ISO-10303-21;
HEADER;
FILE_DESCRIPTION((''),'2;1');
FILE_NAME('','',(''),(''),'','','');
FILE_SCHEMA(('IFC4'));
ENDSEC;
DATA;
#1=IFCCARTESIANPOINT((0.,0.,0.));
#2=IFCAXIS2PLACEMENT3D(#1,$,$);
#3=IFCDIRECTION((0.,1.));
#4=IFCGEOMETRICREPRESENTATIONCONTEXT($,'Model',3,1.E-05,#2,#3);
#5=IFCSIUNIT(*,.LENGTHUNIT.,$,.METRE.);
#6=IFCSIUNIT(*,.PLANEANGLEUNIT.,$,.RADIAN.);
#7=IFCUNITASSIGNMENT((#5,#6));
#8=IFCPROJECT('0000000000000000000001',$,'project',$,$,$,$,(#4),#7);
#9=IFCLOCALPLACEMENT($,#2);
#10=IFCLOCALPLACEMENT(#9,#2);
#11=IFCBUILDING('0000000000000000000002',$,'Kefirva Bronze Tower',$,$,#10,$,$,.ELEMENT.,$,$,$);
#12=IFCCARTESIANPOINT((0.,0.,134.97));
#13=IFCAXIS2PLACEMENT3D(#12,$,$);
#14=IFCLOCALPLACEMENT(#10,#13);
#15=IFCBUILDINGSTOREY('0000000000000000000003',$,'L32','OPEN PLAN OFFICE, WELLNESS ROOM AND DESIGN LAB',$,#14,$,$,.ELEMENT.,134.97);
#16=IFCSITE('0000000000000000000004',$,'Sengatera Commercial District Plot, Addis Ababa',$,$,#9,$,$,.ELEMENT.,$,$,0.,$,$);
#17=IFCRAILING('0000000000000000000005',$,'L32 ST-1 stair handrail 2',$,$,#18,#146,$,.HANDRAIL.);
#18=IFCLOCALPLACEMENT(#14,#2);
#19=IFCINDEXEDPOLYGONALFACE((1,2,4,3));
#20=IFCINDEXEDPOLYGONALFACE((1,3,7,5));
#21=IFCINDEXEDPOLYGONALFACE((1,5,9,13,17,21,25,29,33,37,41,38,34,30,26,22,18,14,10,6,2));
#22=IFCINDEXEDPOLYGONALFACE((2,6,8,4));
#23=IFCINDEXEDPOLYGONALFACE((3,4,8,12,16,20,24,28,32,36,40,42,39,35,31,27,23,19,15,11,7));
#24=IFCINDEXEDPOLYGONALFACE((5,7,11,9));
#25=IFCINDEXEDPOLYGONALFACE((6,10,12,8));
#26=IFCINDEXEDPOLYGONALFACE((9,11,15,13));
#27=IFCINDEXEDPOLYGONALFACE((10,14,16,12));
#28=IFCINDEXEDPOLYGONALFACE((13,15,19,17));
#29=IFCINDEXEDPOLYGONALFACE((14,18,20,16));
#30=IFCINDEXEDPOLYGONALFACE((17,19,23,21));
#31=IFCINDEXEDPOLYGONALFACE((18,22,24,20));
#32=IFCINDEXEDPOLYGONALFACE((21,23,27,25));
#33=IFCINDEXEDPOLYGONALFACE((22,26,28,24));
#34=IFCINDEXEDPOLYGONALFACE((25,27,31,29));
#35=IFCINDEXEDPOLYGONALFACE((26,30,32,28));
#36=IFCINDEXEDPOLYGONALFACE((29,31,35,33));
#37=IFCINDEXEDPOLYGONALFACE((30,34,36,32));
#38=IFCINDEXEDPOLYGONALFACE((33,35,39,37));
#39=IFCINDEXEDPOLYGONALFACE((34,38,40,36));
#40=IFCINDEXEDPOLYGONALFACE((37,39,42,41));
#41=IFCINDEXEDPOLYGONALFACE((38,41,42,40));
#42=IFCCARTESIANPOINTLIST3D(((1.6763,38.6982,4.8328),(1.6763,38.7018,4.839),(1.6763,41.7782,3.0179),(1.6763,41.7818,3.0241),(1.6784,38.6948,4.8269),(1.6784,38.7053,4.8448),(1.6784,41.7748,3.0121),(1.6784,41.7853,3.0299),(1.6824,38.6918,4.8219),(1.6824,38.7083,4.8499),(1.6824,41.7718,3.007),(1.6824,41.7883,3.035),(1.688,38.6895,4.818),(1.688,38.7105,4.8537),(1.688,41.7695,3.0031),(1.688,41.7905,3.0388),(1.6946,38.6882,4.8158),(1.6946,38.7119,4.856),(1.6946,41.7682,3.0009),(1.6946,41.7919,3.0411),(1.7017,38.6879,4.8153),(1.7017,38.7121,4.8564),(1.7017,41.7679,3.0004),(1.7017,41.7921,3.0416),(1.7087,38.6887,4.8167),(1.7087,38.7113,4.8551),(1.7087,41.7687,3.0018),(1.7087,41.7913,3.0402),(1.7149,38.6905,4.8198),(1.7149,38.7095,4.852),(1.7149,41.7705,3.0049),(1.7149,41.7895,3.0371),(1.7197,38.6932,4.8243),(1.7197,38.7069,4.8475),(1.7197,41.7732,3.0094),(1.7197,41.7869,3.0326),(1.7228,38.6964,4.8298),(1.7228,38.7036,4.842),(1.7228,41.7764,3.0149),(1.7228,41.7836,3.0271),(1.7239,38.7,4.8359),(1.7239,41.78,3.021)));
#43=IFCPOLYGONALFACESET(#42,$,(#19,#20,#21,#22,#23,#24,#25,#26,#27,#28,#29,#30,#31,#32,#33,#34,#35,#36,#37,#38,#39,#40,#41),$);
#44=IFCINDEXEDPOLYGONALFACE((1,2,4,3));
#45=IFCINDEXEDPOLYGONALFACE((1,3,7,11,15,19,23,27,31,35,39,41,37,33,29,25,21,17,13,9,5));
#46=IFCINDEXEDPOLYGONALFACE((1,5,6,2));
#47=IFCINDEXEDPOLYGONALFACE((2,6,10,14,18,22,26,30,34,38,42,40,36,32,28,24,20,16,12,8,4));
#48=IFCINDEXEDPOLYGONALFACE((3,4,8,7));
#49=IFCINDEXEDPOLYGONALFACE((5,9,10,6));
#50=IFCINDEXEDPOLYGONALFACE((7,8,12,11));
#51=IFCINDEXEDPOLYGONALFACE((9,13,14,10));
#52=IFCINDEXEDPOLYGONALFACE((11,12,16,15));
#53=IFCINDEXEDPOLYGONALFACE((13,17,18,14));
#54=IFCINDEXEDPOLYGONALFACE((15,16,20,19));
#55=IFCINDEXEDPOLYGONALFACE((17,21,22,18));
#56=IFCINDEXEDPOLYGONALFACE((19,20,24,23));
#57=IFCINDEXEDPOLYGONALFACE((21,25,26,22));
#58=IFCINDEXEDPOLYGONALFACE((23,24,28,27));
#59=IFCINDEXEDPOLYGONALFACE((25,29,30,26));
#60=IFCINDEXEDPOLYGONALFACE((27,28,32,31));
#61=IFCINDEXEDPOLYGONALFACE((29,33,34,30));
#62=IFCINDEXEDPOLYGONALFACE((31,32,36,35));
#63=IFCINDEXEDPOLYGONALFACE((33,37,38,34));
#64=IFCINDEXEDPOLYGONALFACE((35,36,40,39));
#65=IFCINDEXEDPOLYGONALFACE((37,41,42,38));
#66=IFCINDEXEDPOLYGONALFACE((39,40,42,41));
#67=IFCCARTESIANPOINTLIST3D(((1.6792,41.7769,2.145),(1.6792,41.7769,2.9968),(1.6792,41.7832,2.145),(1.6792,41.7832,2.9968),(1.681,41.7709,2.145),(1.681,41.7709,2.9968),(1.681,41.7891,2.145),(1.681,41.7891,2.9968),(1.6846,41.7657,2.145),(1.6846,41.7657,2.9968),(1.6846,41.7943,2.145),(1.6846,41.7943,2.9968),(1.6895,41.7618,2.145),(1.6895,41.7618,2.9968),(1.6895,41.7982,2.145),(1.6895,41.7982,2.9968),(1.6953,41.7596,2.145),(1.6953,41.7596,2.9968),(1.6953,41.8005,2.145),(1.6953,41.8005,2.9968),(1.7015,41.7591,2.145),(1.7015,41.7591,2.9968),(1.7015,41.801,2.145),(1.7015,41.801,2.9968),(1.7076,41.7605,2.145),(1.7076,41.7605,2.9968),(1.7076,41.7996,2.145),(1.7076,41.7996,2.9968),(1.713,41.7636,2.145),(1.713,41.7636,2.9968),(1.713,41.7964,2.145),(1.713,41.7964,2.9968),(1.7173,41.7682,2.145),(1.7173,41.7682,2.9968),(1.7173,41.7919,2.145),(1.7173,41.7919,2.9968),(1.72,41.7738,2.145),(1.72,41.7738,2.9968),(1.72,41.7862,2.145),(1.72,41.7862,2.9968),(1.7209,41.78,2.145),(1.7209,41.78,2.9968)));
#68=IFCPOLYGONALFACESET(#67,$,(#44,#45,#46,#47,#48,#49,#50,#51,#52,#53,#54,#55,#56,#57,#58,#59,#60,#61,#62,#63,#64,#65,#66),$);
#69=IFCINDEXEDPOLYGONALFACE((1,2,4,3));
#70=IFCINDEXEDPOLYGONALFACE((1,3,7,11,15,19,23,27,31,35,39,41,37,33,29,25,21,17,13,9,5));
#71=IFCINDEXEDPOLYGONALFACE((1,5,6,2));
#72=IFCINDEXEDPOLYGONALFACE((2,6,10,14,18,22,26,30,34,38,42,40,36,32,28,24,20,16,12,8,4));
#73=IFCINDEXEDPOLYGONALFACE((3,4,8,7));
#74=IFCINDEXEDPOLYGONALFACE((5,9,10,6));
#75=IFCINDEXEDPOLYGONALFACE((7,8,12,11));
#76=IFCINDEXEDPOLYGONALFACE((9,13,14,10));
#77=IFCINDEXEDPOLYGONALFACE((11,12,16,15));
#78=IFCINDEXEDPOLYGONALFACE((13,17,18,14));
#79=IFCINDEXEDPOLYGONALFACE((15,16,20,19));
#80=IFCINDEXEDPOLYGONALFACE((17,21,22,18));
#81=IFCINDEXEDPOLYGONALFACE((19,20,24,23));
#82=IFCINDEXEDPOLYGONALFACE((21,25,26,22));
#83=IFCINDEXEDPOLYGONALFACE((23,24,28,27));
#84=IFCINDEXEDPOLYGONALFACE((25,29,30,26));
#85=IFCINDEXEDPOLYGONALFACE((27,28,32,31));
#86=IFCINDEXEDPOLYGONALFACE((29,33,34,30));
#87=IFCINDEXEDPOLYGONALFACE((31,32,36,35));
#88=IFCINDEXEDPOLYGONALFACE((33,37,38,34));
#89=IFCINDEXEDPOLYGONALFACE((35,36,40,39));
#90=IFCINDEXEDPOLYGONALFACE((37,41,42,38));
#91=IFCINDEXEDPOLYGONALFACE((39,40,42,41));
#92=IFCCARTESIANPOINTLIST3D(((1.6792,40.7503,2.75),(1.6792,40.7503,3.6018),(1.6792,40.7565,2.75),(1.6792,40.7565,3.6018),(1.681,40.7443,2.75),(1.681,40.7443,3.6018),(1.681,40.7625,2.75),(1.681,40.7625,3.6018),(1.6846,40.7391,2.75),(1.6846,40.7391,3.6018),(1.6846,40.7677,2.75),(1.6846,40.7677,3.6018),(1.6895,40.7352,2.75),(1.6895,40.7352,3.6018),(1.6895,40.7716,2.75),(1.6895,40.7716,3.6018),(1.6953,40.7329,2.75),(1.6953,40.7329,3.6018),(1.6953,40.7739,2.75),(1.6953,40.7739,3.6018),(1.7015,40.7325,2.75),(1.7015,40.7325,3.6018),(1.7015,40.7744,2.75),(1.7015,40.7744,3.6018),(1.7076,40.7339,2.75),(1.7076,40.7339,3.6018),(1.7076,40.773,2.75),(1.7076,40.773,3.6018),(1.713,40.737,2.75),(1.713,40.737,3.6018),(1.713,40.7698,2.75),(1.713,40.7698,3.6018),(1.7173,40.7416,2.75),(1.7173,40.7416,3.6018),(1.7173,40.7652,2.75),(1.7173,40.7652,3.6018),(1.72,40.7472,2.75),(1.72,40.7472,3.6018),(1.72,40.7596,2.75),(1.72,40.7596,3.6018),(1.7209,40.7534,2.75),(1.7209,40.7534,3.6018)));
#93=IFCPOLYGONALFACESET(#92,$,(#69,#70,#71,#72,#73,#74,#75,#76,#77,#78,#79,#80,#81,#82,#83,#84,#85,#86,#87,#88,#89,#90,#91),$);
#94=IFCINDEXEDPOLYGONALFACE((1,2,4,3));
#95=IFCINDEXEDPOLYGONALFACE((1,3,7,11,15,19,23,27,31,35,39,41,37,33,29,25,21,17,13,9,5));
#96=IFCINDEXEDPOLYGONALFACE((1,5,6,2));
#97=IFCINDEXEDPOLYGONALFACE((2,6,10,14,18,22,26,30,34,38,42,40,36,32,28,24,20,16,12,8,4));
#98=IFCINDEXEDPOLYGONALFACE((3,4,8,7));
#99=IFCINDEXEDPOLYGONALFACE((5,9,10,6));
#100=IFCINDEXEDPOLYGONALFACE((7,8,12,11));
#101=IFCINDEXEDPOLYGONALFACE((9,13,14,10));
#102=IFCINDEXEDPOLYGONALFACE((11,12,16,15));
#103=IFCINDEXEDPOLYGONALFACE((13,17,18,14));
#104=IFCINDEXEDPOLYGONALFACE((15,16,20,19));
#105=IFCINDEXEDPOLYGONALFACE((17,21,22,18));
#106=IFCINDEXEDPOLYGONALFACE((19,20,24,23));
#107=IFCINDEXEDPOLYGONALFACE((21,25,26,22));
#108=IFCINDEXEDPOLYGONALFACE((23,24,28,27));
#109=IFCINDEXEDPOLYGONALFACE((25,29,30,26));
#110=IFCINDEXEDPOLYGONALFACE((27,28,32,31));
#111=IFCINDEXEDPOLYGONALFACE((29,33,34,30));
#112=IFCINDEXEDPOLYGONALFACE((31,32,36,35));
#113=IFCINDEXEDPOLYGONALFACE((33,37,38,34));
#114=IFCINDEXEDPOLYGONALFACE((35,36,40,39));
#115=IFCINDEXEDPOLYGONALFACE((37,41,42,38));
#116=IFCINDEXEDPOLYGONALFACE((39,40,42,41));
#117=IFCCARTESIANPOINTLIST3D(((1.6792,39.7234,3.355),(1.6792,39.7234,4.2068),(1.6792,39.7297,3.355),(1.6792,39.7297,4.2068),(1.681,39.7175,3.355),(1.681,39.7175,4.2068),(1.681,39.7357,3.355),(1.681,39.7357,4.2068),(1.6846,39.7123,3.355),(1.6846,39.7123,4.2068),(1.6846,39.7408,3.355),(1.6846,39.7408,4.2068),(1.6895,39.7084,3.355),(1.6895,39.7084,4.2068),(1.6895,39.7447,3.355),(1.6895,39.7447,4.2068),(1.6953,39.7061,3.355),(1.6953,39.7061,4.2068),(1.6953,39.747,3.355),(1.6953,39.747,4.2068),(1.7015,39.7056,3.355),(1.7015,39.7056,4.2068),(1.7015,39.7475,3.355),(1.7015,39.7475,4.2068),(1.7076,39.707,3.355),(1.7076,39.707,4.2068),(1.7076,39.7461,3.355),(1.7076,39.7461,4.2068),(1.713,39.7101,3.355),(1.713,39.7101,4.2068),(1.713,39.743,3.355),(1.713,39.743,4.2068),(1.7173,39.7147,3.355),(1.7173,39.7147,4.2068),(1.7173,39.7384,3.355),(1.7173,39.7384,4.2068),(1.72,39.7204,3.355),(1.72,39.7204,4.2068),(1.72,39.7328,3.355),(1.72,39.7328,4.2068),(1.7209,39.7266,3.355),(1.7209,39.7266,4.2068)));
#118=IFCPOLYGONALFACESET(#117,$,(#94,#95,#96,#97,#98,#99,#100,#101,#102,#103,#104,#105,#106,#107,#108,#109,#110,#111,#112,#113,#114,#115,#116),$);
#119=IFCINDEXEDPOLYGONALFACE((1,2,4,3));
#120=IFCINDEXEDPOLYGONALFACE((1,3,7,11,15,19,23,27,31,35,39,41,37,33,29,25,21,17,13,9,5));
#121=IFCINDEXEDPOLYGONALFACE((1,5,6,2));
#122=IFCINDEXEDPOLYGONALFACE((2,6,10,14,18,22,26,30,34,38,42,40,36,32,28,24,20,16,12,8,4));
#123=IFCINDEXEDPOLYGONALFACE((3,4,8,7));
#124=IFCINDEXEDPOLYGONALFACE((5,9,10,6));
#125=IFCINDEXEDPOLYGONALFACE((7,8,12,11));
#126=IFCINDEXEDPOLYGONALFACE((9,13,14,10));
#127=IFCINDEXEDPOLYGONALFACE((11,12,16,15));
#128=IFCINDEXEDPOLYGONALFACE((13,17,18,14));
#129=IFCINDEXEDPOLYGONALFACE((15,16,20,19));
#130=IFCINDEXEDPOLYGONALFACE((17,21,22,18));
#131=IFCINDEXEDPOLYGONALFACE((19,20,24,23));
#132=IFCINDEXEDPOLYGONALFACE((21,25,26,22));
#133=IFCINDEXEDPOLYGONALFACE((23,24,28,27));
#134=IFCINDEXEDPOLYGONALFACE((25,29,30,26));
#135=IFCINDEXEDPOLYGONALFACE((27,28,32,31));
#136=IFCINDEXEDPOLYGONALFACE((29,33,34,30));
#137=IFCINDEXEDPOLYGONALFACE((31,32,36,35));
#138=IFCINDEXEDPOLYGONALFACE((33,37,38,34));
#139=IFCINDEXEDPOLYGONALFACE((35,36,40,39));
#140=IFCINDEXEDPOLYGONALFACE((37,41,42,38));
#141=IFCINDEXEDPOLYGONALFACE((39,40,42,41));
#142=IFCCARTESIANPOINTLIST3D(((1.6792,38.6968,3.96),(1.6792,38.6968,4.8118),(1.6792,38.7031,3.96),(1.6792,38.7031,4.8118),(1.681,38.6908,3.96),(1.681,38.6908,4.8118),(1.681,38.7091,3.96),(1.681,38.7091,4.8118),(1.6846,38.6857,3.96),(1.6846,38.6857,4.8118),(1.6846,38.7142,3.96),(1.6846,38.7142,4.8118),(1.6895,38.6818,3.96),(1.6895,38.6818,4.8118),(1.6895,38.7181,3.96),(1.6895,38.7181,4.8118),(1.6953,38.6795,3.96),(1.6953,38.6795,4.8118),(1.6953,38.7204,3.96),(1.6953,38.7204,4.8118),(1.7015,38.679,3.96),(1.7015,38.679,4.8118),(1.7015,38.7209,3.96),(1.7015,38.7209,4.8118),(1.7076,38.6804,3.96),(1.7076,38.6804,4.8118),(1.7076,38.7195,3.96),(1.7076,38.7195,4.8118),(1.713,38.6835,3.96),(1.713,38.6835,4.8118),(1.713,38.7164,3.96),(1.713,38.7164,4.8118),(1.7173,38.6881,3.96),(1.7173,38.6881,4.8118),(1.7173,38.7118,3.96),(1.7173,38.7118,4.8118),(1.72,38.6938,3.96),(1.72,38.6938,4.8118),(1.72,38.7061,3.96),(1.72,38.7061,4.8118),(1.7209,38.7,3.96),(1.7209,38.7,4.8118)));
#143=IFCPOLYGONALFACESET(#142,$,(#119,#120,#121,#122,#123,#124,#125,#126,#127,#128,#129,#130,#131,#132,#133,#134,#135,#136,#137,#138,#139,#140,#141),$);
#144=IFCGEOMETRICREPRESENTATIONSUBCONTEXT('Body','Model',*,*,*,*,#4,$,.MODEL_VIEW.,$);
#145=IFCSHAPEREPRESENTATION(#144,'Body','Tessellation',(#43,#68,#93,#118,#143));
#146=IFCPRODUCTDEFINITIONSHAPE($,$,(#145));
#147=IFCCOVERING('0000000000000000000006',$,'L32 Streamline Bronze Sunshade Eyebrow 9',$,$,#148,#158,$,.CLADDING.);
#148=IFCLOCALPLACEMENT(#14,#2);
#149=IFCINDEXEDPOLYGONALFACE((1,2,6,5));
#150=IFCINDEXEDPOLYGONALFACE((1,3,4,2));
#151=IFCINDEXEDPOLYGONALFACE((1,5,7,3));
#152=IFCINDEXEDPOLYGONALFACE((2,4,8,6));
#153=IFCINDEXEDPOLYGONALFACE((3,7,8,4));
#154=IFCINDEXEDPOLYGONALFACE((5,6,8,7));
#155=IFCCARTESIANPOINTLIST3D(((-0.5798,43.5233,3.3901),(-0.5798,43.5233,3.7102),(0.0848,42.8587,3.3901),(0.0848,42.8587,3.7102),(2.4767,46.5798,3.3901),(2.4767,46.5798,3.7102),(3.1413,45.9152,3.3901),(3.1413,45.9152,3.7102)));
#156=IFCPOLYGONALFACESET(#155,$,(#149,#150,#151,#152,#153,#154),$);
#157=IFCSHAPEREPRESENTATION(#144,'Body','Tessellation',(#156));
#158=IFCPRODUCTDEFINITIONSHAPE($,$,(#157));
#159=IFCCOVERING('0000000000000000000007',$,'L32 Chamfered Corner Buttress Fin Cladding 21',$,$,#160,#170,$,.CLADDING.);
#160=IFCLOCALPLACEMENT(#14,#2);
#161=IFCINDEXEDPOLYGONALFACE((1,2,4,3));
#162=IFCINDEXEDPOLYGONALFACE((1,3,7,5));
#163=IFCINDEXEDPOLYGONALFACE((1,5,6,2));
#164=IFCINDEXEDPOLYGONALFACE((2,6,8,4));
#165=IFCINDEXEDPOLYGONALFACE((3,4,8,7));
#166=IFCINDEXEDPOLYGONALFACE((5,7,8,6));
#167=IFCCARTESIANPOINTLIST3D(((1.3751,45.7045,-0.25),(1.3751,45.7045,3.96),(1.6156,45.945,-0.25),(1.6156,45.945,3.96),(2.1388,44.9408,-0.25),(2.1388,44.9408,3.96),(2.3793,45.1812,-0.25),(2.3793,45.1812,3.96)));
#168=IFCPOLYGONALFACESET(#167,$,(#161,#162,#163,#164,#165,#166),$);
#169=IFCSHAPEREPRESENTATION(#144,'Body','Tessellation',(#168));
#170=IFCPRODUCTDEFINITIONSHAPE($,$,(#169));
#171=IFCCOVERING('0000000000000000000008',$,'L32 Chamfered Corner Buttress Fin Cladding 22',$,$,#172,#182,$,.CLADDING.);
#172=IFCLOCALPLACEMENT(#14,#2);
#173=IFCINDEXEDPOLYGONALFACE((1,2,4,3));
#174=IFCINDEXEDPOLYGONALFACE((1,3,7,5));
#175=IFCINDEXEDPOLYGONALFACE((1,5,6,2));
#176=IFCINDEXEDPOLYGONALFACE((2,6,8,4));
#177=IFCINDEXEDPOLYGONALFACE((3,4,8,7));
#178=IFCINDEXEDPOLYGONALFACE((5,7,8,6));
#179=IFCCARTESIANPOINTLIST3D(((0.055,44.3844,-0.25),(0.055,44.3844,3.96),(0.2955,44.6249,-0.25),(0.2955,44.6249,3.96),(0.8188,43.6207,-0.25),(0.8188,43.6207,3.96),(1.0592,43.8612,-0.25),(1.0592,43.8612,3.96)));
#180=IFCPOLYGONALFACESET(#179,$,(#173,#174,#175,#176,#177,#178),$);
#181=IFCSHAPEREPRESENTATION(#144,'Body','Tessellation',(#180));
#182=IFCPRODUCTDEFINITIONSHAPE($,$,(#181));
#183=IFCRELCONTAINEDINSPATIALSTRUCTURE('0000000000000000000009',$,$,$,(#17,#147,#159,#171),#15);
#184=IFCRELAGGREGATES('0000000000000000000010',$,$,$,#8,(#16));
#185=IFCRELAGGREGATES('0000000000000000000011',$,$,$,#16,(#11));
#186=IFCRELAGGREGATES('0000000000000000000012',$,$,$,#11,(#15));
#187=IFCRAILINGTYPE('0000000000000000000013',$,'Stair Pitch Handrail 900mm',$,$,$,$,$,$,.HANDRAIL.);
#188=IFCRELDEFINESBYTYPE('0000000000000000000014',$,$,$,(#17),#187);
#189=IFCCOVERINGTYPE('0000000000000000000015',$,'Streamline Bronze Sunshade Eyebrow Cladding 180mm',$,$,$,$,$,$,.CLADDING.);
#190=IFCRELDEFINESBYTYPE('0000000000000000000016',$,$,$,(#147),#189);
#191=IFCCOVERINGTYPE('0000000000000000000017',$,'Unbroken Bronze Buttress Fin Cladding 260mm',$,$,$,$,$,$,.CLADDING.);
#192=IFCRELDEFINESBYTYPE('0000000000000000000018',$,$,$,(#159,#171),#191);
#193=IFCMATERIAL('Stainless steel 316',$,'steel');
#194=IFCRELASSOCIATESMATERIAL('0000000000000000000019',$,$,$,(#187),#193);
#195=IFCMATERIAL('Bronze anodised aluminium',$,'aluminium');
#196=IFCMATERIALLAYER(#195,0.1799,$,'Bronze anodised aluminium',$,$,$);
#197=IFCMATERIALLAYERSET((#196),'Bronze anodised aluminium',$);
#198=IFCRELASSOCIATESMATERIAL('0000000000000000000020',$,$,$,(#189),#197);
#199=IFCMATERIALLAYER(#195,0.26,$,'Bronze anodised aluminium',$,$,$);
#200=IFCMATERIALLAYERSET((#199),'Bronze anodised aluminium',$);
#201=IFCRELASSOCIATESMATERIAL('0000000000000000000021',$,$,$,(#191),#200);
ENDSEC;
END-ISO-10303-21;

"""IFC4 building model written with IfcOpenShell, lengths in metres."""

from ifc_helpers import new_model, si_unit, direction, frame, origin, origin_2d, place, context, subcontext, project, spatial, rectangle, circle, extrude, material, layer, layer_set, type_object, element, save


model = new_model("IFC4")

# Units and contexts
model_context = context("Model", 3, precision=1e-05, world=origin(), true_north=direction((0.0, 1.0)))
body_context = subcontext(model_context, "Body", "Model", "MODEL_VIEW")
ifc_project = project(units=[si_unit("LENGTHUNIT", "METRE"), si_unit("PLANEANGLEUNIT", "RADIAN")], contexts=[model_context])

# Site, building, storey
site_placement = place(None, origin())
site = spatial("IfcSite", under=ifc_project, at=site_placement, Name="Sengatera Commercial District Plot, Addis Ababa", CompositionType="ELEMENT", RefElevation=0.0)
building_placement = place(site_placement, origin())
building = spatial("IfcBuilding", under=site, at=building_placement, Name="Kefirva Bronze Tower", CompositionType="ELEMENT")
storey_placement = place(building_placement, frame((0.0, 0.0, 134.97)))
storey = spatial("IfcBuildingStorey", under=building, at=storey_placement, Name="L32", Description="OPEN PLAN OFFICE, WELLNESS ROOM AND DESIGN LAB", CompositionType="ELEMENT", Elevation=134.97)

# Shared definitions
ifc_material_1 = material(Name="Bronze anodised aluminium", Category="aluminium")

# Railing
ifc_material_2 = material(Name="Stainless steel 316", Category="steel")
railing_type_1 = type_object("IfcRailingType", Name="Stair Pitch Handrail 900mm", PredefinedType="HANDRAIL", material=ifc_material_2)
railing_1_placement = place(storey_placement, frame((1.7, 41.78, 2.145)))
element("IfcRailing", 1, at=railing_1_placement, inside=storey, type_object=railing_type_1, Name="L32 ST-1 stair handrail 2", PredefinedType="HANDRAIL", context=body_context, shape_type="SweptSolid", body=[
    extrude(circle(Radius=0.0239, at=origin_2d()), frame((0.0, 0.0, 0.876), z_axis=(0.0, -0.861551, 0.507671), x_axis=(1.0, 0.0, 0.0)), (0.0, 0.0, 1.0), 3.575),
    extrude(circle(Radius=0.021, at=origin_2d()), origin(), (0.0, 0.0, 1.0), 0.8518),
    extrude(circle(Radius=0.021, at=origin_2d()), frame((0.0, -1.0266, 0.605)), (0.0, 0.0, 1.0), 0.8518),
    extrude(circle(Radius=0.021, at=origin_2d()), frame((0.0, -2.0535, 1.21)), (0.0, 0.0, 1.0), 0.8518),
    extrude(circle(Radius=0.021, at=origin_2d()), frame((0.0, -3.0801, 1.8149)), (0.0, 0.0, 1.0), 0.8518),
])

# Coverings
ifc_layer_1 = layer(ifc_material_1, 0.1799, Name="Bronze anodised aluminium")
ifc_layer_set_1 = layer_set([ifc_layer_1], Name="Bronze anodised aluminium")
covering_type_1 = type_object("IfcCoveringType", Name="Streamline Bronze Sunshade Eyebrow Cladding 180mm", PredefinedType="CLADDING", material=ifc_layer_set_1)
covering_1_placement = place(storey_placement, frame((1.2808, 44.7192, 3.3901), z_axis=(0.0, 0.0, 1.0), x_axis=(-0.707107, -0.707107, 0.0)))
element("IfcCovering", 2, at=covering_1_placement, inside=storey, type_object=covering_type_1, Name="L32 Streamline Bronze Sunshade Eyebrow 9", PredefinedType="CLADDING", context=body_context, shape_type="SweptSolid", body=[
    extrude(rectangle(XDim=4.3225, YDim=0.9399, at=origin_2d()), origin(), (0.0, 0.0, 1.0), 0.3201),
])
ifc_layer_2 = layer(ifc_material_1, 0.26, Name="Bronze anodised aluminium")
ifc_layer_set_2 = layer_set([ifc_layer_2], Name="Bronze anodised aluminium")
covering_type_2 = type_object("IfcCoveringType", Name="Unbroken Bronze Buttress Fin Cladding 260mm", PredefinedType="CLADDING", material=ifc_layer_set_2)
for number, where, z_axis, x_axis, name in (
    (3, (1.8772, 45.4429, -0.25), (0.0, 0.0, 1.0), (-0.707107, -0.707107, 0.0), "L32 Chamfered Corner Buttress Fin Cladding 21"),
    (4, (0.5571, 44.1228, -0.25), (0.0, 0.0, 1.0), (-0.707107, -0.707107, 0.0), "L32 Chamfered Corner Buttress Fin Cladding 22"),
):
    element("IfcCovering", number, at=place(storey_placement, frame(where, z_axis=z_axis, x_axis=x_axis)), inside=storey, type_object=covering_type_2, Name=name, PredefinedType="CLADDING", context=body_context, shape_type="SweptSolid", body=[
        extrude(rectangle(XDim=0.3401, YDim=1.0801, at=origin_2d()), origin(), (0.0, 0.0, 1.0), 4.21),
    ])

save(model, "model.ifc")
